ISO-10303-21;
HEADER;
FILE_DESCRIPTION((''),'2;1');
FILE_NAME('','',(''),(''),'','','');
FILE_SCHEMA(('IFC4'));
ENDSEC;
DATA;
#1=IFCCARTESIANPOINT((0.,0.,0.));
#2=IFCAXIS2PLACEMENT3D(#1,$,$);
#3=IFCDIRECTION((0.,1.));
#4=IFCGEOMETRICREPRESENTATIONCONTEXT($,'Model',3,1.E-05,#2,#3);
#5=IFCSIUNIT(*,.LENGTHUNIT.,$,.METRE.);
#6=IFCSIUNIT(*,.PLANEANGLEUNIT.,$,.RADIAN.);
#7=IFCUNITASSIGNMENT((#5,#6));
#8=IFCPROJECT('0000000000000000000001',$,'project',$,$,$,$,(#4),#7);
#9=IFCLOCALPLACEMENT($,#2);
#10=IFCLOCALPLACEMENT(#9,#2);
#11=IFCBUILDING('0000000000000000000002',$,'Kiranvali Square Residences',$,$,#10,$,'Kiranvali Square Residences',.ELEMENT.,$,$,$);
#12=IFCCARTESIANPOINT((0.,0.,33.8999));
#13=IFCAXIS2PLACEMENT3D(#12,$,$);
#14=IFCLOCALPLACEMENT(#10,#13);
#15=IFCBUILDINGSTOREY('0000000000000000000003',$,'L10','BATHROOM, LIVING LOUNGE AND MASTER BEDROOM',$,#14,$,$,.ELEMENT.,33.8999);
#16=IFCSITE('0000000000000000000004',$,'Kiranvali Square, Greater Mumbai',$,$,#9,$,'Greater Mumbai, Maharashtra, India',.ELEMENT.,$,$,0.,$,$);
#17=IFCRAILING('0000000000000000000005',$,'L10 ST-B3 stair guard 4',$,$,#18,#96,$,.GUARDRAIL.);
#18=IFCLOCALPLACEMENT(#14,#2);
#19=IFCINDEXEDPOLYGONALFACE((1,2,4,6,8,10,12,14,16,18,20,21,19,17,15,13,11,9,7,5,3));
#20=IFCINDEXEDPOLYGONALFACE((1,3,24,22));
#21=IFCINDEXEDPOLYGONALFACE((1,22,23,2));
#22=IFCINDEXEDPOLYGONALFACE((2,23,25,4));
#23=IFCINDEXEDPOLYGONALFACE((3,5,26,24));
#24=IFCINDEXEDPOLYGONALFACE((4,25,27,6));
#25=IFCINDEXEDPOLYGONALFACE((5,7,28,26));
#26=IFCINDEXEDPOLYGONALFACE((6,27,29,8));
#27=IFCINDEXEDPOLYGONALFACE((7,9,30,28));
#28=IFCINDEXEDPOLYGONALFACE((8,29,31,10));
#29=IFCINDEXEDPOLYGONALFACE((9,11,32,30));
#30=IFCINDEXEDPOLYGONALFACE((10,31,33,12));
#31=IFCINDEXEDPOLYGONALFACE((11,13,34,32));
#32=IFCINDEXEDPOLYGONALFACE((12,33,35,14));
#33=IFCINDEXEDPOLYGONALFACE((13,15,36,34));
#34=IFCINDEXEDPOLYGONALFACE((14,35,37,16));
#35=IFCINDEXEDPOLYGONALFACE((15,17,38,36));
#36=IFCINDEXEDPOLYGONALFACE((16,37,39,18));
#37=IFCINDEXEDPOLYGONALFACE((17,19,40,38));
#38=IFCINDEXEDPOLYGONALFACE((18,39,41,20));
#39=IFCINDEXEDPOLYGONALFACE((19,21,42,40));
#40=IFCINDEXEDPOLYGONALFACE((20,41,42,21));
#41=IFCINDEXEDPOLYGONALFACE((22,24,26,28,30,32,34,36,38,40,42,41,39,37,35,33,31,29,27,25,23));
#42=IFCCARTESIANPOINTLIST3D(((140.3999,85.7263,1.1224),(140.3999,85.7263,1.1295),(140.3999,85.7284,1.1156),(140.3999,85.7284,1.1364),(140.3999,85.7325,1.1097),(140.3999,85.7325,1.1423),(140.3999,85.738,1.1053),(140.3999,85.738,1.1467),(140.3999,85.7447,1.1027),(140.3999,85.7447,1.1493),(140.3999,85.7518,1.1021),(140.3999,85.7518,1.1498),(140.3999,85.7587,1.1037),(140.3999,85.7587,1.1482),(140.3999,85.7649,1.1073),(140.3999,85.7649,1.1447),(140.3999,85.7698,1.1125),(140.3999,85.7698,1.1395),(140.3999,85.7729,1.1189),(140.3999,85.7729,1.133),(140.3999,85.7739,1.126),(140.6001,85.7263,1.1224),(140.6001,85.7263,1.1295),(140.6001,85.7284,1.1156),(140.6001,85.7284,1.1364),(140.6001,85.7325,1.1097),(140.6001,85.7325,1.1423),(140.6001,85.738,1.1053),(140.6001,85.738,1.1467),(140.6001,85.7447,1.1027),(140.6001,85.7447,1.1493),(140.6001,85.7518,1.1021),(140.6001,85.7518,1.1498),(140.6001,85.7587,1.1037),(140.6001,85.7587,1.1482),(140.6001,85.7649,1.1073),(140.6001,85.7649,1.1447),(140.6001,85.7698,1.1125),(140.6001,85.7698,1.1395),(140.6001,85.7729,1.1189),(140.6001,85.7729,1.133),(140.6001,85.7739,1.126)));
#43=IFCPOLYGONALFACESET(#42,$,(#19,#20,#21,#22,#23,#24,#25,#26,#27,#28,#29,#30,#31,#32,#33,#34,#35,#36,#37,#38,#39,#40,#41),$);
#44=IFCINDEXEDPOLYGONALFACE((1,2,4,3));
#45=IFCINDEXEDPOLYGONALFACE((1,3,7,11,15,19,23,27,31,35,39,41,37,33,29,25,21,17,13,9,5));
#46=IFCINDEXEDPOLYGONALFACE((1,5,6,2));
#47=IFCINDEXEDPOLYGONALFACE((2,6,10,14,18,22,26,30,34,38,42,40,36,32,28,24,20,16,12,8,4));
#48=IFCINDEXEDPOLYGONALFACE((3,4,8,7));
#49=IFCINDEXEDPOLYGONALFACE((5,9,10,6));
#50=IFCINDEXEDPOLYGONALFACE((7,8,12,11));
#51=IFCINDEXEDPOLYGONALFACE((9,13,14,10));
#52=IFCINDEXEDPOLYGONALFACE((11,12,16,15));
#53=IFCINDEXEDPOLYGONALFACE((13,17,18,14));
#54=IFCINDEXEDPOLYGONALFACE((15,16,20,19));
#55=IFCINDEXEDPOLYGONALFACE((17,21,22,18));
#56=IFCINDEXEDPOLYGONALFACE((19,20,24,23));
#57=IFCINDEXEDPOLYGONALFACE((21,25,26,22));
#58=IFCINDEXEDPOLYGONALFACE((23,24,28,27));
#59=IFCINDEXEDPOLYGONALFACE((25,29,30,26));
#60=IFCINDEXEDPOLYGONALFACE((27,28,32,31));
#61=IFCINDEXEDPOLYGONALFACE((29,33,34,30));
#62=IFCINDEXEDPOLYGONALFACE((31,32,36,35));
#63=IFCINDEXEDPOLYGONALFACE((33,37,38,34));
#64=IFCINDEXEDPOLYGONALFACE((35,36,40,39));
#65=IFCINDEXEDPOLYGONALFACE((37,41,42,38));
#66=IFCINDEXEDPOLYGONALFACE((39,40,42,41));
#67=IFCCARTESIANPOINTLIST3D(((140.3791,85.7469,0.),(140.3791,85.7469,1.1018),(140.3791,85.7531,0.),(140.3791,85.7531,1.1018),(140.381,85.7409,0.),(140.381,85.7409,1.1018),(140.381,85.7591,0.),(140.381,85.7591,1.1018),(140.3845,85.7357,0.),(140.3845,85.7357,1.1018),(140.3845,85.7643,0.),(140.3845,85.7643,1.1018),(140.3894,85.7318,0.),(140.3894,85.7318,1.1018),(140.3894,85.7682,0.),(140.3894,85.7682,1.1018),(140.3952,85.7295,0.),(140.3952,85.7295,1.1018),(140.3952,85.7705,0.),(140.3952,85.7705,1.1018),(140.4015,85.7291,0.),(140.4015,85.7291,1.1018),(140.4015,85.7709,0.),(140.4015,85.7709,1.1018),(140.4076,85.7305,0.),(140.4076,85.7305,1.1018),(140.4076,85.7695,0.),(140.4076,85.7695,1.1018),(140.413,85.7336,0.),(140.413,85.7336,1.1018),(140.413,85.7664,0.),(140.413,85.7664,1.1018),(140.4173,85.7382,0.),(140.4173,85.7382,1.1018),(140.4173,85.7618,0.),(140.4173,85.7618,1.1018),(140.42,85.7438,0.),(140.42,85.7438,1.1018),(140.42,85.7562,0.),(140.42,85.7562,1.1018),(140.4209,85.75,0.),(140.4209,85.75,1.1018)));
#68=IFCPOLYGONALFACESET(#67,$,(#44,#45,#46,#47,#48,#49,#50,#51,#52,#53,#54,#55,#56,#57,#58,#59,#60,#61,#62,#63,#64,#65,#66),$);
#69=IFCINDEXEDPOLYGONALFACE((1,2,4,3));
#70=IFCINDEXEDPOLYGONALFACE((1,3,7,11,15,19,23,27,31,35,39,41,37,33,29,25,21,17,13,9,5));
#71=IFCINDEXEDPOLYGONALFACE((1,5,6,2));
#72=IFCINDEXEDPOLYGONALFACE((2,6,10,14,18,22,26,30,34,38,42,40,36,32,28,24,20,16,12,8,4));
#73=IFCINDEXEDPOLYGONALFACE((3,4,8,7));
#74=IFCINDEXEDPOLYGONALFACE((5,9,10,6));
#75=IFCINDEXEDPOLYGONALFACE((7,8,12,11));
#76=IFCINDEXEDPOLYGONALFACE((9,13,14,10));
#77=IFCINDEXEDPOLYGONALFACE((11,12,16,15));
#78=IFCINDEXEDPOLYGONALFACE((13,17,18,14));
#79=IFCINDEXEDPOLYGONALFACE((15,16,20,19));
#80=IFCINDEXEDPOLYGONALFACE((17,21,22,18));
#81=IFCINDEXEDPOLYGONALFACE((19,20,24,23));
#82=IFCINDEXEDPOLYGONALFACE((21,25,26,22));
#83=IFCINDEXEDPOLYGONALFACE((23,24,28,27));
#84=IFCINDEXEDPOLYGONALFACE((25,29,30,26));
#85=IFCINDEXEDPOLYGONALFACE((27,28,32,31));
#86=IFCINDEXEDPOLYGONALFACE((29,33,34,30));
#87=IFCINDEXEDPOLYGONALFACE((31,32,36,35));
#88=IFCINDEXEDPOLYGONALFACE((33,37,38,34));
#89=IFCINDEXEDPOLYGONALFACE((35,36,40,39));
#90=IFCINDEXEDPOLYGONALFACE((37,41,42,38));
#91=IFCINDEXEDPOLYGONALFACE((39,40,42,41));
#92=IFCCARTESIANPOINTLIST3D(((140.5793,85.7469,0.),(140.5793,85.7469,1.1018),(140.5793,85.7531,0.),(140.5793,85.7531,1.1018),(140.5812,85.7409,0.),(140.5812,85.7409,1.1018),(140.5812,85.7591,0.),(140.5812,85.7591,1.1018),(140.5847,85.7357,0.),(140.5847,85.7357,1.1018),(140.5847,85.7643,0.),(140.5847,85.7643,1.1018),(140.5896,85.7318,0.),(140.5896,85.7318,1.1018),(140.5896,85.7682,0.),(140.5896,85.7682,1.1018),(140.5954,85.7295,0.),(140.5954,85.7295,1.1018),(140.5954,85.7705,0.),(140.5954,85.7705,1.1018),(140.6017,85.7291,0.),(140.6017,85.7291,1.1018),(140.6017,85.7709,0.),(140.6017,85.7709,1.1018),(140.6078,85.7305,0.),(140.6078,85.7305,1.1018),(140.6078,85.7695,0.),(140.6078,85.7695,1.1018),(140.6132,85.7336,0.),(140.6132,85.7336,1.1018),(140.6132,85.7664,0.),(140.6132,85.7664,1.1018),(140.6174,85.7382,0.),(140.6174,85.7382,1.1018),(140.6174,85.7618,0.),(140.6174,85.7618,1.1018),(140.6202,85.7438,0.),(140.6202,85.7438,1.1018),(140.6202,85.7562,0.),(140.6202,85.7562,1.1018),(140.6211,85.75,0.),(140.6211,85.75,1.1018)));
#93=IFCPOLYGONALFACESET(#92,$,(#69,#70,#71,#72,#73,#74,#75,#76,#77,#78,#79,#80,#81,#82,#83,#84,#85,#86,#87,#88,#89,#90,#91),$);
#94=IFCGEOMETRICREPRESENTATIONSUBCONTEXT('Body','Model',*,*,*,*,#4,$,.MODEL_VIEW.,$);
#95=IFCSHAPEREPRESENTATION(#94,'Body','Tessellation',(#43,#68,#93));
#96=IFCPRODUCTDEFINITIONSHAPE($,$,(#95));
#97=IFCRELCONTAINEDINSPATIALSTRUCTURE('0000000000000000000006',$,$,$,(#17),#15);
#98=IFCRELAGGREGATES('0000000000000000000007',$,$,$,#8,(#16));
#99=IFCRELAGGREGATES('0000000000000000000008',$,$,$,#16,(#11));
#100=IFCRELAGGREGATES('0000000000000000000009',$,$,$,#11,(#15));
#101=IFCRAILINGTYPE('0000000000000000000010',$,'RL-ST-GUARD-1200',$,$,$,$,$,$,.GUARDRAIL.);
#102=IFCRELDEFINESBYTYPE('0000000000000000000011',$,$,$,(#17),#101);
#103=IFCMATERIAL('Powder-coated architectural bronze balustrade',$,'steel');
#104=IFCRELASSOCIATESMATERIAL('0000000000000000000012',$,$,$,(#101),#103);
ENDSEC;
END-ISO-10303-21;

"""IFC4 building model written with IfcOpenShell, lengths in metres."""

from ifc_helpers import new_model, si_unit, direction, frame, origin, origin_2d, place, context, subcontext, project, spatial, circle, extrude, material, type_object, element, save


model = new_model("IFC4")

# Units and contexts
model_context = context("Model", 3, precision=1e-05, world=origin(), true_north=direction((0.0, 1.0)))
body_context = subcontext(model_context, "Body", "Model", "MODEL_VIEW")
ifc_project = project(units=[si_unit("LENGTHUNIT", "METRE"), si_unit("PLANEANGLEUNIT", "RADIAN")], contexts=[model_context])

# Site, building, storey
site_placement = place(None, origin())
site = spatial("IfcSite", under=ifc_project, at=site_placement, Name="Kiranvali Square, Greater Mumbai", LongName="Greater Mumbai, Maharashtra, India", CompositionType="ELEMENT", RefElevation=0.0)
building_placement = place(site_placement, origin())
building = spatial("IfcBuilding", under=site, at=building_placement, Name="Kiranvali Square Residences", LongName="Kiranvali Square Residences", CompositionType="ELEMENT")
storey_placement = place(building_placement, frame((0.0, 0.0, 33.8999)))
storey = spatial("IfcBuildingStorey", under=building, at=storey_placement, Name="L10", Description="BATHROOM, LIVING LOUNGE AND MASTER BEDROOM", CompositionType="ELEMENT", Elevation=33.8999)

# Railing
ifc_material_1 = material(Name="Powder-coated architectural bronze balustrade", Category="steel")
railing_type_1 = type_object("IfcRailingType", Name="RL-ST-GUARD-1200", PredefinedType="GUARDRAIL", material=ifc_material_1)
railing_1_placement = place(storey_placement, frame((140.3999, 85.75, 0.0)))
element("IfcRailing", 1, at=railing_1_placement, inside=storey, type_object=railing_type_1, Name="L10 ST-B3 stair guard 4", PredefinedType="GUARDRAIL", context=body_context, shape_type="SweptSolid", body=[
    extrude(circle(Radius=0.0239, at=origin_2d()), frame((0.0, 0.0, 1.126), z_axis=(1.0, 0.0, 0.0), x_axis=(0.0, 1.0, 0.0)), (0.0, 0.0, 1.0), 0.2002),
    extrude(circle(Radius=0.021, at=origin_2d()), origin(), (0.0, 0.0, 1.0), 1.1018),
    extrude(circle(Radius=0.021, at=origin_2d()), frame((0.2002, 0.0, 0.0)), (0.0, 0.0, 1.0), 1.1018),
])

save(model, "model.ifc")
